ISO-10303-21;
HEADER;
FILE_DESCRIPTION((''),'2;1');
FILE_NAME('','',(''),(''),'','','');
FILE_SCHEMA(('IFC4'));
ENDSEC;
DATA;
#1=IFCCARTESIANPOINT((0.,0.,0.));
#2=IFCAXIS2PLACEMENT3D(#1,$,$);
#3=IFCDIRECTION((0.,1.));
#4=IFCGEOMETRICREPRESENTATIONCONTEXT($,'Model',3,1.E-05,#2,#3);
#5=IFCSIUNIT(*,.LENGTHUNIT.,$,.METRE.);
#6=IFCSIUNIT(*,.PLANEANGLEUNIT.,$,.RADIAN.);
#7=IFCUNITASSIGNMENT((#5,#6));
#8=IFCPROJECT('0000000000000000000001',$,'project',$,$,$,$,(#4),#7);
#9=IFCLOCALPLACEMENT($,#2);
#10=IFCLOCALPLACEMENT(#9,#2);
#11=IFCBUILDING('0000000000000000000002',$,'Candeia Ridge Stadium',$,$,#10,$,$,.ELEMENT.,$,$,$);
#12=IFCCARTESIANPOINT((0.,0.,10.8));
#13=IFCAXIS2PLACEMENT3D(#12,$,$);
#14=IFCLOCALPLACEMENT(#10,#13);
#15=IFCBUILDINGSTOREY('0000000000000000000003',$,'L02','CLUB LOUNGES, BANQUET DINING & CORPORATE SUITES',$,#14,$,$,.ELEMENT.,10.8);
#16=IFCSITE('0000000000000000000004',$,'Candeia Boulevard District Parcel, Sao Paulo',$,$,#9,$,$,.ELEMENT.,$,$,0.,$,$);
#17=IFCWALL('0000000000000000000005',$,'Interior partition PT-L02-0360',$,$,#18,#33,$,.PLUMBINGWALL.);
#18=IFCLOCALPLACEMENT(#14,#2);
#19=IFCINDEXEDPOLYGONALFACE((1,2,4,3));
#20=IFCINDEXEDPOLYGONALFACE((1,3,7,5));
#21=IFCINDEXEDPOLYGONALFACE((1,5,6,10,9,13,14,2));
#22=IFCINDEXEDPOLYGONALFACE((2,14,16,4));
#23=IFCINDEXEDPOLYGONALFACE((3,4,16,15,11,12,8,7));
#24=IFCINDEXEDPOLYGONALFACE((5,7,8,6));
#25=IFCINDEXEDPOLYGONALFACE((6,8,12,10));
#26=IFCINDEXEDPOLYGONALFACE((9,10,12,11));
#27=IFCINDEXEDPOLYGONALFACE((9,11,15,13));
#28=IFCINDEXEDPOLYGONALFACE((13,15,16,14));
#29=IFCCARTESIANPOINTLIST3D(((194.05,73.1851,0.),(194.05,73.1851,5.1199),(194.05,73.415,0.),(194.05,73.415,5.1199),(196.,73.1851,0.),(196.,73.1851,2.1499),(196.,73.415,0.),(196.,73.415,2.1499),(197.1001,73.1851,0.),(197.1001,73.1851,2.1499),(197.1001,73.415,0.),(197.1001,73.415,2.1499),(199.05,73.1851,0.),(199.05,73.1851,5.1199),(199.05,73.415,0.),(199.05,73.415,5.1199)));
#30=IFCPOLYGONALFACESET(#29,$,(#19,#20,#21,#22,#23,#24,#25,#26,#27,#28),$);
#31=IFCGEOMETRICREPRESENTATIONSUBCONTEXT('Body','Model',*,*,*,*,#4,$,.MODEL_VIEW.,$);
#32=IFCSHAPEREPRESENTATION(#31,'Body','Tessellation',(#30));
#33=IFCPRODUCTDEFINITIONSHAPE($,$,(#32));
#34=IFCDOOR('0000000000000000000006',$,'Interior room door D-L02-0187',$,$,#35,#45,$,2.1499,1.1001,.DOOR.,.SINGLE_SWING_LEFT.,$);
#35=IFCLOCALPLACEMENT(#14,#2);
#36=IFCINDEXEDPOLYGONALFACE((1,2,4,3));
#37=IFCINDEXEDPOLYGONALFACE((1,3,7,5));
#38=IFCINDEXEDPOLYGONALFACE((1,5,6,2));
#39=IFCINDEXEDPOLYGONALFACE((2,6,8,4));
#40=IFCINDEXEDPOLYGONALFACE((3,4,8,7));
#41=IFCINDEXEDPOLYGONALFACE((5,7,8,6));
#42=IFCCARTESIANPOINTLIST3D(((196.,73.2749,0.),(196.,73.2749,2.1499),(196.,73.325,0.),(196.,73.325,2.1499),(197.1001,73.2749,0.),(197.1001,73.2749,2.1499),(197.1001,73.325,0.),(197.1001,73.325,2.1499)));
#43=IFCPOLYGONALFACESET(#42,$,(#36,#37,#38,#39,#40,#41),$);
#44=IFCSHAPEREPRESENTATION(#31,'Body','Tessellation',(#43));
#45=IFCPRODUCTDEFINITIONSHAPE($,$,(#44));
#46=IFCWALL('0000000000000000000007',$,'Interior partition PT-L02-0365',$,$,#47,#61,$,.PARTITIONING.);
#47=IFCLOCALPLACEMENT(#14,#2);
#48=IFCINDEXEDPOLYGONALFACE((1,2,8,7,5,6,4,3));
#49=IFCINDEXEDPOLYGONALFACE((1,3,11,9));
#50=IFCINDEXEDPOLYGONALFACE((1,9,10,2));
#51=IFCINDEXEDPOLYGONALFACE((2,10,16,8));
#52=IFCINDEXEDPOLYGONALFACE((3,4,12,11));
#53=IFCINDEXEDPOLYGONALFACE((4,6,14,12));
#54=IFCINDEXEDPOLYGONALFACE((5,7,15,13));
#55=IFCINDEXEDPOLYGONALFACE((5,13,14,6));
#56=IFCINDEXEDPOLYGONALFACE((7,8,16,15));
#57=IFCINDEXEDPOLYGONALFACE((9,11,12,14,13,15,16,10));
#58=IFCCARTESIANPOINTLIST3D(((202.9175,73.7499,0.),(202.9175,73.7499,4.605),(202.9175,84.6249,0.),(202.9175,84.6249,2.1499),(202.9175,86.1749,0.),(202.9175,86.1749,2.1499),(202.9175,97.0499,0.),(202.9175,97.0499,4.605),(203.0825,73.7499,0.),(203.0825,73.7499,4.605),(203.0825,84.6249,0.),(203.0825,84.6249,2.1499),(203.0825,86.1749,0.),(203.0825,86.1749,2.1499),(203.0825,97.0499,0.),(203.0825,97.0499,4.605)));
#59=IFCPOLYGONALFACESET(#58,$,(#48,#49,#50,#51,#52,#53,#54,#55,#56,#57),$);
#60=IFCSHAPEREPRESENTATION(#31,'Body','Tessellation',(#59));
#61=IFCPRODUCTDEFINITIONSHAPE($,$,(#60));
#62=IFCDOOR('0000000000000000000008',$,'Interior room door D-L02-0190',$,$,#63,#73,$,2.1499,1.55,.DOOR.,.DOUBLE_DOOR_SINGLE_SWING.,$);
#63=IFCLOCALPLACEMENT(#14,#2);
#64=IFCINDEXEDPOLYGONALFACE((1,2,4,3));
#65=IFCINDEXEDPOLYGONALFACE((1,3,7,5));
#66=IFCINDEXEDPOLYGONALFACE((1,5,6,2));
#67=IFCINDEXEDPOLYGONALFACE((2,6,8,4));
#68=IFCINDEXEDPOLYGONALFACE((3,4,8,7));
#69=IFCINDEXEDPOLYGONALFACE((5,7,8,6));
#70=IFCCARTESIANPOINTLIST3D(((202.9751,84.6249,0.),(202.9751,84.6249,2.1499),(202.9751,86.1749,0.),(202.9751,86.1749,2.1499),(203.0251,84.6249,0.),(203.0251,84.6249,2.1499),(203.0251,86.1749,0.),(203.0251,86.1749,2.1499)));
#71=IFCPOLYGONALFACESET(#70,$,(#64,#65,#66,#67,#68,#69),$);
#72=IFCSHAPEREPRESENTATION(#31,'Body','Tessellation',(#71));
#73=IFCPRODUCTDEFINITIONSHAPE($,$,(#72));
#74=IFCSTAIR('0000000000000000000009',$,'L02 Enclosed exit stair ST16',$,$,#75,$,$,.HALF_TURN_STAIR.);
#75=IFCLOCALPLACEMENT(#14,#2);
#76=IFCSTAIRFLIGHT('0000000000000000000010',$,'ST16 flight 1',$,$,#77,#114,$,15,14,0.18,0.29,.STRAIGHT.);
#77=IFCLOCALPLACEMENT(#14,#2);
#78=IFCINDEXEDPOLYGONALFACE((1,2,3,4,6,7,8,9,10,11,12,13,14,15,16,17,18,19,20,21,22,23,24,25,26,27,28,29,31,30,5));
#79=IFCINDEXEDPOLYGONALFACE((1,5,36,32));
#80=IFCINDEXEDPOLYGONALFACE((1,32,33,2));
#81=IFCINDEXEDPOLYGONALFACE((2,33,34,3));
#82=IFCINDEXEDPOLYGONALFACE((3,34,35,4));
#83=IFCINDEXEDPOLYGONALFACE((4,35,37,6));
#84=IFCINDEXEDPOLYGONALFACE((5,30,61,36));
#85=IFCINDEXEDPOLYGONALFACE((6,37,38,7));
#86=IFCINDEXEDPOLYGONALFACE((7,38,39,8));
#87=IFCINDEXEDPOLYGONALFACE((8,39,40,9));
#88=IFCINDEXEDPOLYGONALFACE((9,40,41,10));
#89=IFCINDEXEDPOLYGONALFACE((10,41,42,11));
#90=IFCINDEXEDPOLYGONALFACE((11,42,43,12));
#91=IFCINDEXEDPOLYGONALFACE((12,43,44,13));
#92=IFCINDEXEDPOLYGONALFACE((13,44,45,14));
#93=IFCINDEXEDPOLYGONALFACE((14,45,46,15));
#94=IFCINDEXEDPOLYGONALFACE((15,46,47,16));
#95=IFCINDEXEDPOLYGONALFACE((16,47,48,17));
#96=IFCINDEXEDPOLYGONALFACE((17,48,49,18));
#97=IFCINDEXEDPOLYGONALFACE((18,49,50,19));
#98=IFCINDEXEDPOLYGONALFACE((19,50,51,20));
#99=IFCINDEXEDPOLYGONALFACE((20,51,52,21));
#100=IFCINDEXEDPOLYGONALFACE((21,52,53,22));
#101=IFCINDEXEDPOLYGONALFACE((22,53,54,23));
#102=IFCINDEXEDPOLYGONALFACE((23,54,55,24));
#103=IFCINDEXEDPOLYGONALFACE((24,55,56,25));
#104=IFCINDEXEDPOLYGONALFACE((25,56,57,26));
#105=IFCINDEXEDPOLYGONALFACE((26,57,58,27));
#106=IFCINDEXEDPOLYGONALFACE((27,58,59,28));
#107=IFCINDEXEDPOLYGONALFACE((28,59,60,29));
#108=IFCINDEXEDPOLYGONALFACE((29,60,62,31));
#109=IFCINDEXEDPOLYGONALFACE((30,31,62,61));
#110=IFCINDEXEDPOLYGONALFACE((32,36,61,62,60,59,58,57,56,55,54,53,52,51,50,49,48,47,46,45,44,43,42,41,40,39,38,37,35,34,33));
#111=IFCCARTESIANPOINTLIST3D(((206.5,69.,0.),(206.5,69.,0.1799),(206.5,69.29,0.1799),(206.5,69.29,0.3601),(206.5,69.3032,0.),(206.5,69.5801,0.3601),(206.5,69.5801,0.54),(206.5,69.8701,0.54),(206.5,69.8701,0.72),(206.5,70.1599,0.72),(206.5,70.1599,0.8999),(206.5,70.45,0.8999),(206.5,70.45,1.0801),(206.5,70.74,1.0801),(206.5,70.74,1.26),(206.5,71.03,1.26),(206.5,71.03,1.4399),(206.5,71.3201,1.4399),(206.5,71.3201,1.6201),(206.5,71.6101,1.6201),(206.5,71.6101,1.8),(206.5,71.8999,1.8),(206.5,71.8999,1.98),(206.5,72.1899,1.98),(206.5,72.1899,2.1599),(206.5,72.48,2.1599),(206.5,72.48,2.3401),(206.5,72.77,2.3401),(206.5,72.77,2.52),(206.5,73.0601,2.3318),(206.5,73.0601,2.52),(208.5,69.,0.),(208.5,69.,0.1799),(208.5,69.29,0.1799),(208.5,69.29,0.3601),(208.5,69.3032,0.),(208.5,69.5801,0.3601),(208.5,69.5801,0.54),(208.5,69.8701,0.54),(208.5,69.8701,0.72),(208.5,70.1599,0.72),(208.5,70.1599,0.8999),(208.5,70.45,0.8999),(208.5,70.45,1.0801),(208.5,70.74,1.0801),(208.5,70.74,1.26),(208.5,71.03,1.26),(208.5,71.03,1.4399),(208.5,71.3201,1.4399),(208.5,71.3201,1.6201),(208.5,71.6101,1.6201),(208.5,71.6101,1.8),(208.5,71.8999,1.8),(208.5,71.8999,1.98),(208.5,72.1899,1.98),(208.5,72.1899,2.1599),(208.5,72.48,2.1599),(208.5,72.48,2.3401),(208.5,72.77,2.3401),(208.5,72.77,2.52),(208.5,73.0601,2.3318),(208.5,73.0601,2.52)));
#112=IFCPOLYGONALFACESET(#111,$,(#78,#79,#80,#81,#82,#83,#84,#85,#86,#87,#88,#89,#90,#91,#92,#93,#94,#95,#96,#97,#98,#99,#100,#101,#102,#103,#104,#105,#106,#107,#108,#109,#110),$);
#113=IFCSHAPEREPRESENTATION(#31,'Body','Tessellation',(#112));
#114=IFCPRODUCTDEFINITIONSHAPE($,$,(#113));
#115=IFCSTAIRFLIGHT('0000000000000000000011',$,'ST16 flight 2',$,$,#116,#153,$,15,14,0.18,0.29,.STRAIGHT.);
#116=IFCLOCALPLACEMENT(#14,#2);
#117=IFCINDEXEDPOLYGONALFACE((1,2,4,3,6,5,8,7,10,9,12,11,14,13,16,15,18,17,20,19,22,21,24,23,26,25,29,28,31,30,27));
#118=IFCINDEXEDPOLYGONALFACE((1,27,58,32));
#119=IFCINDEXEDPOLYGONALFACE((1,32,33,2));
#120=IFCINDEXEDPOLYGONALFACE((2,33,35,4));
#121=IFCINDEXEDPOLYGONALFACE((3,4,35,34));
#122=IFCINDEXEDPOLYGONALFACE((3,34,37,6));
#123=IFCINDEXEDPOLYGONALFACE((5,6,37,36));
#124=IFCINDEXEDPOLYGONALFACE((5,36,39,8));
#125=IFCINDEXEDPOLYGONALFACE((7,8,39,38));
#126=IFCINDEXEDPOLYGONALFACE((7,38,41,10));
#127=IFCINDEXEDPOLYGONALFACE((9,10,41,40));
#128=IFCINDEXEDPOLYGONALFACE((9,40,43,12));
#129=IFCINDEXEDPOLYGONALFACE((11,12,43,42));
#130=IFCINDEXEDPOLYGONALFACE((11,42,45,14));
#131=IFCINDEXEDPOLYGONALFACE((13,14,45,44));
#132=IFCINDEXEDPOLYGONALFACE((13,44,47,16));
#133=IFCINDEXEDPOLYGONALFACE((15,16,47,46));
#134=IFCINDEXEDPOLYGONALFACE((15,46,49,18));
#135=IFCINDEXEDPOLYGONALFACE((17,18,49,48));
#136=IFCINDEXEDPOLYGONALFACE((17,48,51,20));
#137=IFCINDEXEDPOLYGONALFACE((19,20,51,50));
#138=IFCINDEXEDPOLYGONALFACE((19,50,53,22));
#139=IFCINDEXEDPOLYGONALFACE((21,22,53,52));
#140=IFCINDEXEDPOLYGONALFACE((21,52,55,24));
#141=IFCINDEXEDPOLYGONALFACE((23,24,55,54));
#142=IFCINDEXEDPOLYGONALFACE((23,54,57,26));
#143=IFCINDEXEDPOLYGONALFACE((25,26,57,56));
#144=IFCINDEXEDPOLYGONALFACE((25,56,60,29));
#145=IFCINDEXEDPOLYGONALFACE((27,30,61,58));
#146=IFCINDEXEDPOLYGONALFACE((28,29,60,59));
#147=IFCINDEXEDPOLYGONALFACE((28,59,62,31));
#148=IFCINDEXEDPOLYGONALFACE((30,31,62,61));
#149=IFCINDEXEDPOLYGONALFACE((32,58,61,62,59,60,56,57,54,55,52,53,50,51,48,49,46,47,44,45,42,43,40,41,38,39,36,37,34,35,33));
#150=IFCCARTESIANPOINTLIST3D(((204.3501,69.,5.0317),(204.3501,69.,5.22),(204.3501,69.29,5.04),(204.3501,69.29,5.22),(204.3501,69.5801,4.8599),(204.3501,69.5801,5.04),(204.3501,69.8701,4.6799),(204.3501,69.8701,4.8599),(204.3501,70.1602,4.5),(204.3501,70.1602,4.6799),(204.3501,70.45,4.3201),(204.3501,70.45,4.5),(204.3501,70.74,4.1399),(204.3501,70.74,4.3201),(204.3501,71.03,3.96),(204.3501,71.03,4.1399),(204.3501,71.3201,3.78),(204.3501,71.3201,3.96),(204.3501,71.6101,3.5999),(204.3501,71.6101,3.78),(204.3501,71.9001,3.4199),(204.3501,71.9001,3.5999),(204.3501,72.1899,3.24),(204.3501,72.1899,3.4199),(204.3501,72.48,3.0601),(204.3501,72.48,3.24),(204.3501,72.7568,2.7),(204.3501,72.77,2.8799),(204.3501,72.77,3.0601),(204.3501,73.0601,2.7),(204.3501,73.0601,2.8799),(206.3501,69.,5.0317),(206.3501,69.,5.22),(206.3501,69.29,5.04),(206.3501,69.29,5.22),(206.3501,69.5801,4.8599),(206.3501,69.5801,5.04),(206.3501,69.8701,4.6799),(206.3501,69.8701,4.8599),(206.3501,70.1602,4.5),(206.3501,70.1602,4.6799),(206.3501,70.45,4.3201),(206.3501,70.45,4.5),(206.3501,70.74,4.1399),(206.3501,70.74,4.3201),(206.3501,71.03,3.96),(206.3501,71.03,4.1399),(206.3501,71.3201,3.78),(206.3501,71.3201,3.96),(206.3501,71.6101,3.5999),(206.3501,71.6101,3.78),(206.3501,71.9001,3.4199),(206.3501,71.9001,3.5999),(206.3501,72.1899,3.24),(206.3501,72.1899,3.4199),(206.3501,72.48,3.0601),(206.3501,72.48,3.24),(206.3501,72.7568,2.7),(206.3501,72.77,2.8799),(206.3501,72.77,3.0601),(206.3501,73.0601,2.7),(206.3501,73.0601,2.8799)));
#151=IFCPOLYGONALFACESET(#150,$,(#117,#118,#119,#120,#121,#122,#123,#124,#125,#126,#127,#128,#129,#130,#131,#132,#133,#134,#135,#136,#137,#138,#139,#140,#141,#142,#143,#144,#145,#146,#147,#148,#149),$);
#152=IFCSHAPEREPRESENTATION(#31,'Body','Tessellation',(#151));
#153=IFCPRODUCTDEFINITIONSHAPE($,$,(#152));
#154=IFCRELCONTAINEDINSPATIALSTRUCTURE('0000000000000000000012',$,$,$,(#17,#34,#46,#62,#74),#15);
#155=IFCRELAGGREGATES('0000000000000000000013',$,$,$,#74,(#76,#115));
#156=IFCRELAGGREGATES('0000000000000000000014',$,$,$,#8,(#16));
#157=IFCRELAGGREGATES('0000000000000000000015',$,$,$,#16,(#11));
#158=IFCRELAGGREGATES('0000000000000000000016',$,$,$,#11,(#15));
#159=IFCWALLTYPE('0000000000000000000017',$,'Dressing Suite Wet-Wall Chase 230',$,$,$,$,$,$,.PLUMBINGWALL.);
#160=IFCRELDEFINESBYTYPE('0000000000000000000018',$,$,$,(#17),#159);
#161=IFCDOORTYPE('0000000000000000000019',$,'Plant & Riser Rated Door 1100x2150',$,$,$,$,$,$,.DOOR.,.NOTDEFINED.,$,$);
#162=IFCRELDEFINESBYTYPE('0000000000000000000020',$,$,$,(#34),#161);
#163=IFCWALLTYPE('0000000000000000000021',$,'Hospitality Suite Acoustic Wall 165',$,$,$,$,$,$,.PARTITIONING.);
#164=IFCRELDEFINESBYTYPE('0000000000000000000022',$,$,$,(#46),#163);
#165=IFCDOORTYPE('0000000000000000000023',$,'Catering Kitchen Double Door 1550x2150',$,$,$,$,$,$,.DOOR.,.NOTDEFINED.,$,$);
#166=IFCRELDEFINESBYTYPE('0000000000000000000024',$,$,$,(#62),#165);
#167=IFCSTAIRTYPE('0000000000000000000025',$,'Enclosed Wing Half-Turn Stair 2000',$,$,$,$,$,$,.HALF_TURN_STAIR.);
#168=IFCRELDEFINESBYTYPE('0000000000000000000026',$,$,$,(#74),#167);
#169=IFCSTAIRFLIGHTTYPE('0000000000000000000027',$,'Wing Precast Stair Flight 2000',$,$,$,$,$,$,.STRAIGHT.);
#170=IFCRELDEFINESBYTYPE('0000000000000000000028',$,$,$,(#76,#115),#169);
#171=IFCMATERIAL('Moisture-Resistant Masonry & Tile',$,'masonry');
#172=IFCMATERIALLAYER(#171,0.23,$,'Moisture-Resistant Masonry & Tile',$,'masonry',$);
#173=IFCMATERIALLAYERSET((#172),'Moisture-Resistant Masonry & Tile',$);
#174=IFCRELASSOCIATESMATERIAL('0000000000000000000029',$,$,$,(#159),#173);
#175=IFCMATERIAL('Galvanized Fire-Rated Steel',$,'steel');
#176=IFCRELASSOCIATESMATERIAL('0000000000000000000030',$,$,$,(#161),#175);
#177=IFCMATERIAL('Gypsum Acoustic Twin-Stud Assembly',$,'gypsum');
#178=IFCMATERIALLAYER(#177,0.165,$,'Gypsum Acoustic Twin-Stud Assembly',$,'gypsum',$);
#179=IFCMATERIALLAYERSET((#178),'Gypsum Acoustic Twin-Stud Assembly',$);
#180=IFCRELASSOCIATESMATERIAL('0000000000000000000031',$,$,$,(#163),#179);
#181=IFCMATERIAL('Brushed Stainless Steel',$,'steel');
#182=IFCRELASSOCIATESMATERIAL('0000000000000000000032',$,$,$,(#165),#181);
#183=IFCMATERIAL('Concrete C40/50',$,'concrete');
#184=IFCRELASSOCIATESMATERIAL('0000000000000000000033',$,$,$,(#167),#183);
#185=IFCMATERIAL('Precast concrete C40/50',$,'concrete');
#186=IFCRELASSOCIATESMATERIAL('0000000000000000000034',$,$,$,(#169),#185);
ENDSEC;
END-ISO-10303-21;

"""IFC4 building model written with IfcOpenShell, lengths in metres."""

from ifc_helpers import new_model, si_unit, direction, frame, frame_2d, origin, place, context, subcontext, project, spatial, polyline, rectangle, outline, extrude, material, layer, layer_set, type_object, element, fill, aggregate, save


model = new_model("IFC4")

# Units and contexts
model_context = context("Model", 3, precision=1e-05, world=origin(), true_north=direction((0.0, 1.0)))
body_context = subcontext(model_context, "Body", "Model", "MODEL_VIEW")
ifc_project = project(units=[si_unit("LENGTHUNIT", "METRE"), si_unit("PLANEANGLEUNIT", "RADIAN")], contexts=[model_context])

# Site, building, storey
site_placement = place(None, origin())
site = spatial("IfcSite", under=ifc_project, at=site_placement, Name="Candeia Boulevard District Parcel, Sao Paulo", CompositionType="ELEMENT", RefElevation=0.0)
building_placement = place(site_placement, origin())
building = spatial("IfcBuilding", under=site, at=building_placement, Name="Candeia Ridge Stadium", CompositionType="ELEMENT")
storey_placement = place(building_placement, frame((0.0, 0.0, 10.8)))
storey = spatial("IfcBuildingStorey", under=building, at=storey_placement, Name="L02", Description="CLUB LOUNGES, BANQUET DINING & CORPORATE SUITES", CompositionType="ELEMENT", Elevation=10.8)

# Shared definitions
ifc_material_1 = material(Name="Concrete C40/50", Category="concrete")

# Walls, openings, doors
ifc_material_2 = material(Name="Moisture-Resistant Masonry & Tile", Category="masonry")
ifc_layer_1 = layer(ifc_material_2, 0.23, Name="Moisture-Resistant Masonry & Tile", Category="masonry")
ifc_layer_set_1 = layer_set([ifc_layer_1], Name="Moisture-Resistant Masonry & Tile")
wall_type_1 = type_object("IfcWallType", Name="Dressing Suite Wet-Wall Chase 230", PredefinedType="PLUMBINGWALL", material=ifc_layer_set_1)
wall_1_placement = place(storey_placement, frame((194.05, 73.3, 0.0), z_axis=(0.0, 0.0, 1.0), x_axis=(1.0, 0.0, 0.0)))
wall_1 = element("IfcWall", 1, at=wall_1_placement, inside=storey, type_object=wall_type_1, Name="Interior partition PT-L02-0360", PredefinedType="PLUMBINGWALL", context=body_context, shape_type="SweptSolid", body=[
    extrude(rectangle(XDim=5.0, YDim=0.23, at=frame_2d((2.5, 0.0))), origin(), (0.0, 0.0, 1.0), 5.1199),
])
opening_1_placement = place(wall_1_placement, frame((1.95, 0.0, 0.0)))
opening_1 = element("IfcOpeningElement", 2, at=opening_1_placement, cuts=wall_1, PredefinedType="OPENING", context=body_context, shape_type="SweptSolid", body=[
    extrude(rectangle(XDim=1.1001, YDim=2.1499, at=frame_2d((0.55, 1.075))), frame((0.0, 0.125, 0.0), z_axis=(0.0, -1.0, 0.0), x_axis=(1.0, 0.0, 0.0)), (0.0, 0.0, 1.0), 0.25),
])
ifc_material_3 = material(Name="Galvanized Fire-Rated Steel", Category="steel")
door_type_1 = type_object("IfcDoorType", Name="Plant & Riser Rated Door 1100x2150", OperationType="NOTDEFINED", PredefinedType="DOOR", material=ifc_material_3)
door_1_placement = place(opening_1_placement, origin())
door_1 = element("IfcDoor", 3, at=door_1_placement, inside=storey, type_object=door_type_1, Name="Interior room door D-L02-0187", OperationType="SINGLE_SWING_LEFT", OverallHeight=2.1499, OverallWidth=1.1001, PredefinedType="DOOR", context=body_context, shape_type="SweptSolid", body=[
    extrude(rectangle(XDim=1.1001, YDim=2.1499, at=frame_2d((0.55, 1.075))), frame((0.0, 0.0249, 0.0), z_axis=(0.0, -1.0, 0.0), x_axis=(1.0, 0.0, 0.0)), (0.0, 0.0, 1.0), 0.05),
])
fill(opening_1, door_1)
ifc_material_4 = material(Name="Gypsum Acoustic Twin-Stud Assembly", Category="gypsum")
ifc_layer_2 = layer(ifc_material_4, 0.165, Name="Gypsum Acoustic Twin-Stud Assembly", Category="gypsum")
ifc_layer_set_2 = layer_set([ifc_layer_2], Name="Gypsum Acoustic Twin-Stud Assembly")
wall_type_2 = type_object("IfcWallType", Name="Hospitality Suite Acoustic Wall 165", PredefinedType="PARTITIONING", material=ifc_layer_set_2)
wall_2_placement = place(storey_placement, frame((203.0, 73.75, 0.0), z_axis=(0.0, 0.0, 1.0), x_axis=(0.0, 1.0, 0.0)))
wall_2 = element("IfcWall", 4, at=wall_2_placement, inside=storey, type_object=wall_type_2, Name="Interior partition PT-L02-0365", PredefinedType="PARTITIONING", context=body_context, shape_type="SweptSolid", body=[
    extrude(rectangle(XDim=23.3, YDim=0.165, at=frame_2d((11.6499, 0.0))), origin(), (0.0, 0.0, 1.0), 4.605),
])
opening_2_placement = place(wall_2_placement, frame((10.875, 0.0, 0.0)))
opening_2 = element("IfcOpeningElement", 5, at=opening_2_placement, cuts=wall_2, PredefinedType="OPENING", context=body_context, shape_type="SweptSolid", body=[
    extrude(rectangle(XDim=1.55, YDim=2.1499, at=frame_2d((0.7749, 1.075))), frame((0.0, 0.0925, 0.0), z_axis=(0.0, -1.0, 0.0), x_axis=(1.0, 0.0, 0.0)), (0.0, 0.0, 1.0), 0.1851),
])
ifc_material_5 = material(Name="Brushed Stainless Steel", Category="steel")
door_type_2 = type_object("IfcDoorType", Name="Catering Kitchen Double Door 1550x2150", OperationType="NOTDEFINED", PredefinedType="DOOR", material=ifc_material_5)
door_2_placement = place(opening_2_placement, origin())
door_2 = element("IfcDoor", 6, at=door_2_placement, inside=storey, type_object=door_type_2, Name="Interior room door D-L02-0190", OperationType="DOUBLE_DOOR_SINGLE_SWING", OverallHeight=2.1499, OverallWidth=1.55, PredefinedType="DOOR", context=body_context, shape_type="SweptSolid", body=[
    extrude(rectangle(XDim=1.55, YDim=2.1499, at=frame_2d((0.7749, 1.075))), frame((0.0, 0.0249, 0.0), z_axis=(0.0, -1.0, 0.0), x_axis=(1.0, 0.0, 0.0)), (0.0, 0.0, 1.0), 0.05),
])
fill(opening_2, door_2)

# Stair, stair flights
stair_type = type_object("IfcStairType", Name="Enclosed Wing Half-Turn Stair 2000", PredefinedType="HALF_TURN_STAIR", material=ifc_material_1)
stair_placement = place(storey_placement, origin())
stair = element("IfcStair", 7, at=stair_placement, inside=storey, type_object=stair_type, Name="L02 Enclosed exit stair ST16", PredefinedType="HALF_TURN_STAIR")
ifc_material_6 = material(Name="Precast concrete C40/50", Category="concrete")
stair_flight_type = type_object("IfcStairFlightType", Name="Wing Precast Stair Flight 2000", PredefinedType="STRAIGHT", material=ifc_material_6)
stair_flight_1_placement = place(storey_placement, frame((207.5, 69.0, 0.0), z_axis=(0.0, 0.0, 1.0), x_axis=(0.0, 1.0, 0.0)))
stair_flight_1 = element("IfcStairFlight", 8, at=stair_flight_1_placement, type_object=stair_flight_type, Name="ST16 flight 1", NumberOfRisers=15, NumberOfTreads=14, PredefinedType="STRAIGHT", RiserHeight=0.18, TreadLength=0.29, context=body_context, shape_type="SweptSolid", body=[
    extrude(outline(polyline([(0.0, 0.0), (0.0, 0.1799), (0.29, 0.1799), (0.29, 0.3601), (0.5801, 0.3601), (0.5801, 0.54), (0.8701, 0.54), (0.8701, 0.72), (1.1599, 0.72), (1.1599, 0.8999), (1.45, 0.8999), (1.45, 1.0801), (1.74, 1.0801), (1.74, 1.26), (2.03, 1.26), (2.03, 1.4399), (2.3201, 1.4399), (2.3201, 1.6201), (2.6101, 1.6201), (2.6101, 1.8), (2.8999, 1.8), (2.8999, 1.98), (3.1899, 1.98), (3.1899, 2.1599), (3.48, 2.1599), (3.48, 2.3401), (3.77, 2.3401), (3.77, 2.52), (4.0601, 2.52), (4.0601, 2.7), (4.0601, 2.3318), (0.3032, 0.0), (0.0, 0.0)])), frame((0.0, 1.0, 0.0), z_axis=(0.0, -1.0, 0.0), x_axis=(1.0, 0.0, 0.0)), (0.0, 0.0, 1.0), 2.0),
])
stair_flight_2_placement = place(storey_placement, frame((205.3501, 73.0601, 2.7), z_axis=(0.0, 0.0, 1.0), x_axis=(0.0, -1.0, 0.0)))
stair_flight_2 = element("IfcStairFlight", 9, at=stair_flight_2_placement, type_object=stair_flight_type, Name="ST16 flight 2", NumberOfRisers=15, NumberOfTreads=14, PredefinedType="STRAIGHT", RiserHeight=0.18, TreadLength=0.29, context=body_context, shape_type="SweptSolid", body=[
    extrude(outline(polyline([(0.0, 0.0), (0.0, 0.1799), (0.29, 0.1799), (0.29, 0.3601), (0.5801, 0.3601), (0.5801, 0.54), (0.8701, 0.54), (0.8701, 0.72), (1.1599, 0.72), (1.1599, 0.8999), (1.45, 0.8999), (1.45, 1.0801), (1.74, 1.0801), (1.74, 1.26), (2.03, 1.26), (2.03, 1.4399), (2.3201, 1.4399), (2.3201, 1.6201), (2.6101, 1.6201), (2.6101, 1.8), (2.8999, 1.8), (2.8999, 1.98), (3.1899, 1.98), (3.1899, 2.1599), (3.48, 2.1599), (3.48, 2.3401), (3.77, 2.3401), (3.77, 2.52), (4.0601, 2.52), (4.0601, 2.7), (4.0601, 2.3318), (0.3032, 0.0), (0.0, 0.0)])), frame((0.0, 1.0, 0.0), z_axis=(0.0, -1.0, 0.0), x_axis=(1.0, 0.0, 0.0)), (0.0, 0.0, 1.0), 2.0),
])
aggregate(stair, [stair_flight_1, stair_flight_2])

save(model, "model.ifc")
